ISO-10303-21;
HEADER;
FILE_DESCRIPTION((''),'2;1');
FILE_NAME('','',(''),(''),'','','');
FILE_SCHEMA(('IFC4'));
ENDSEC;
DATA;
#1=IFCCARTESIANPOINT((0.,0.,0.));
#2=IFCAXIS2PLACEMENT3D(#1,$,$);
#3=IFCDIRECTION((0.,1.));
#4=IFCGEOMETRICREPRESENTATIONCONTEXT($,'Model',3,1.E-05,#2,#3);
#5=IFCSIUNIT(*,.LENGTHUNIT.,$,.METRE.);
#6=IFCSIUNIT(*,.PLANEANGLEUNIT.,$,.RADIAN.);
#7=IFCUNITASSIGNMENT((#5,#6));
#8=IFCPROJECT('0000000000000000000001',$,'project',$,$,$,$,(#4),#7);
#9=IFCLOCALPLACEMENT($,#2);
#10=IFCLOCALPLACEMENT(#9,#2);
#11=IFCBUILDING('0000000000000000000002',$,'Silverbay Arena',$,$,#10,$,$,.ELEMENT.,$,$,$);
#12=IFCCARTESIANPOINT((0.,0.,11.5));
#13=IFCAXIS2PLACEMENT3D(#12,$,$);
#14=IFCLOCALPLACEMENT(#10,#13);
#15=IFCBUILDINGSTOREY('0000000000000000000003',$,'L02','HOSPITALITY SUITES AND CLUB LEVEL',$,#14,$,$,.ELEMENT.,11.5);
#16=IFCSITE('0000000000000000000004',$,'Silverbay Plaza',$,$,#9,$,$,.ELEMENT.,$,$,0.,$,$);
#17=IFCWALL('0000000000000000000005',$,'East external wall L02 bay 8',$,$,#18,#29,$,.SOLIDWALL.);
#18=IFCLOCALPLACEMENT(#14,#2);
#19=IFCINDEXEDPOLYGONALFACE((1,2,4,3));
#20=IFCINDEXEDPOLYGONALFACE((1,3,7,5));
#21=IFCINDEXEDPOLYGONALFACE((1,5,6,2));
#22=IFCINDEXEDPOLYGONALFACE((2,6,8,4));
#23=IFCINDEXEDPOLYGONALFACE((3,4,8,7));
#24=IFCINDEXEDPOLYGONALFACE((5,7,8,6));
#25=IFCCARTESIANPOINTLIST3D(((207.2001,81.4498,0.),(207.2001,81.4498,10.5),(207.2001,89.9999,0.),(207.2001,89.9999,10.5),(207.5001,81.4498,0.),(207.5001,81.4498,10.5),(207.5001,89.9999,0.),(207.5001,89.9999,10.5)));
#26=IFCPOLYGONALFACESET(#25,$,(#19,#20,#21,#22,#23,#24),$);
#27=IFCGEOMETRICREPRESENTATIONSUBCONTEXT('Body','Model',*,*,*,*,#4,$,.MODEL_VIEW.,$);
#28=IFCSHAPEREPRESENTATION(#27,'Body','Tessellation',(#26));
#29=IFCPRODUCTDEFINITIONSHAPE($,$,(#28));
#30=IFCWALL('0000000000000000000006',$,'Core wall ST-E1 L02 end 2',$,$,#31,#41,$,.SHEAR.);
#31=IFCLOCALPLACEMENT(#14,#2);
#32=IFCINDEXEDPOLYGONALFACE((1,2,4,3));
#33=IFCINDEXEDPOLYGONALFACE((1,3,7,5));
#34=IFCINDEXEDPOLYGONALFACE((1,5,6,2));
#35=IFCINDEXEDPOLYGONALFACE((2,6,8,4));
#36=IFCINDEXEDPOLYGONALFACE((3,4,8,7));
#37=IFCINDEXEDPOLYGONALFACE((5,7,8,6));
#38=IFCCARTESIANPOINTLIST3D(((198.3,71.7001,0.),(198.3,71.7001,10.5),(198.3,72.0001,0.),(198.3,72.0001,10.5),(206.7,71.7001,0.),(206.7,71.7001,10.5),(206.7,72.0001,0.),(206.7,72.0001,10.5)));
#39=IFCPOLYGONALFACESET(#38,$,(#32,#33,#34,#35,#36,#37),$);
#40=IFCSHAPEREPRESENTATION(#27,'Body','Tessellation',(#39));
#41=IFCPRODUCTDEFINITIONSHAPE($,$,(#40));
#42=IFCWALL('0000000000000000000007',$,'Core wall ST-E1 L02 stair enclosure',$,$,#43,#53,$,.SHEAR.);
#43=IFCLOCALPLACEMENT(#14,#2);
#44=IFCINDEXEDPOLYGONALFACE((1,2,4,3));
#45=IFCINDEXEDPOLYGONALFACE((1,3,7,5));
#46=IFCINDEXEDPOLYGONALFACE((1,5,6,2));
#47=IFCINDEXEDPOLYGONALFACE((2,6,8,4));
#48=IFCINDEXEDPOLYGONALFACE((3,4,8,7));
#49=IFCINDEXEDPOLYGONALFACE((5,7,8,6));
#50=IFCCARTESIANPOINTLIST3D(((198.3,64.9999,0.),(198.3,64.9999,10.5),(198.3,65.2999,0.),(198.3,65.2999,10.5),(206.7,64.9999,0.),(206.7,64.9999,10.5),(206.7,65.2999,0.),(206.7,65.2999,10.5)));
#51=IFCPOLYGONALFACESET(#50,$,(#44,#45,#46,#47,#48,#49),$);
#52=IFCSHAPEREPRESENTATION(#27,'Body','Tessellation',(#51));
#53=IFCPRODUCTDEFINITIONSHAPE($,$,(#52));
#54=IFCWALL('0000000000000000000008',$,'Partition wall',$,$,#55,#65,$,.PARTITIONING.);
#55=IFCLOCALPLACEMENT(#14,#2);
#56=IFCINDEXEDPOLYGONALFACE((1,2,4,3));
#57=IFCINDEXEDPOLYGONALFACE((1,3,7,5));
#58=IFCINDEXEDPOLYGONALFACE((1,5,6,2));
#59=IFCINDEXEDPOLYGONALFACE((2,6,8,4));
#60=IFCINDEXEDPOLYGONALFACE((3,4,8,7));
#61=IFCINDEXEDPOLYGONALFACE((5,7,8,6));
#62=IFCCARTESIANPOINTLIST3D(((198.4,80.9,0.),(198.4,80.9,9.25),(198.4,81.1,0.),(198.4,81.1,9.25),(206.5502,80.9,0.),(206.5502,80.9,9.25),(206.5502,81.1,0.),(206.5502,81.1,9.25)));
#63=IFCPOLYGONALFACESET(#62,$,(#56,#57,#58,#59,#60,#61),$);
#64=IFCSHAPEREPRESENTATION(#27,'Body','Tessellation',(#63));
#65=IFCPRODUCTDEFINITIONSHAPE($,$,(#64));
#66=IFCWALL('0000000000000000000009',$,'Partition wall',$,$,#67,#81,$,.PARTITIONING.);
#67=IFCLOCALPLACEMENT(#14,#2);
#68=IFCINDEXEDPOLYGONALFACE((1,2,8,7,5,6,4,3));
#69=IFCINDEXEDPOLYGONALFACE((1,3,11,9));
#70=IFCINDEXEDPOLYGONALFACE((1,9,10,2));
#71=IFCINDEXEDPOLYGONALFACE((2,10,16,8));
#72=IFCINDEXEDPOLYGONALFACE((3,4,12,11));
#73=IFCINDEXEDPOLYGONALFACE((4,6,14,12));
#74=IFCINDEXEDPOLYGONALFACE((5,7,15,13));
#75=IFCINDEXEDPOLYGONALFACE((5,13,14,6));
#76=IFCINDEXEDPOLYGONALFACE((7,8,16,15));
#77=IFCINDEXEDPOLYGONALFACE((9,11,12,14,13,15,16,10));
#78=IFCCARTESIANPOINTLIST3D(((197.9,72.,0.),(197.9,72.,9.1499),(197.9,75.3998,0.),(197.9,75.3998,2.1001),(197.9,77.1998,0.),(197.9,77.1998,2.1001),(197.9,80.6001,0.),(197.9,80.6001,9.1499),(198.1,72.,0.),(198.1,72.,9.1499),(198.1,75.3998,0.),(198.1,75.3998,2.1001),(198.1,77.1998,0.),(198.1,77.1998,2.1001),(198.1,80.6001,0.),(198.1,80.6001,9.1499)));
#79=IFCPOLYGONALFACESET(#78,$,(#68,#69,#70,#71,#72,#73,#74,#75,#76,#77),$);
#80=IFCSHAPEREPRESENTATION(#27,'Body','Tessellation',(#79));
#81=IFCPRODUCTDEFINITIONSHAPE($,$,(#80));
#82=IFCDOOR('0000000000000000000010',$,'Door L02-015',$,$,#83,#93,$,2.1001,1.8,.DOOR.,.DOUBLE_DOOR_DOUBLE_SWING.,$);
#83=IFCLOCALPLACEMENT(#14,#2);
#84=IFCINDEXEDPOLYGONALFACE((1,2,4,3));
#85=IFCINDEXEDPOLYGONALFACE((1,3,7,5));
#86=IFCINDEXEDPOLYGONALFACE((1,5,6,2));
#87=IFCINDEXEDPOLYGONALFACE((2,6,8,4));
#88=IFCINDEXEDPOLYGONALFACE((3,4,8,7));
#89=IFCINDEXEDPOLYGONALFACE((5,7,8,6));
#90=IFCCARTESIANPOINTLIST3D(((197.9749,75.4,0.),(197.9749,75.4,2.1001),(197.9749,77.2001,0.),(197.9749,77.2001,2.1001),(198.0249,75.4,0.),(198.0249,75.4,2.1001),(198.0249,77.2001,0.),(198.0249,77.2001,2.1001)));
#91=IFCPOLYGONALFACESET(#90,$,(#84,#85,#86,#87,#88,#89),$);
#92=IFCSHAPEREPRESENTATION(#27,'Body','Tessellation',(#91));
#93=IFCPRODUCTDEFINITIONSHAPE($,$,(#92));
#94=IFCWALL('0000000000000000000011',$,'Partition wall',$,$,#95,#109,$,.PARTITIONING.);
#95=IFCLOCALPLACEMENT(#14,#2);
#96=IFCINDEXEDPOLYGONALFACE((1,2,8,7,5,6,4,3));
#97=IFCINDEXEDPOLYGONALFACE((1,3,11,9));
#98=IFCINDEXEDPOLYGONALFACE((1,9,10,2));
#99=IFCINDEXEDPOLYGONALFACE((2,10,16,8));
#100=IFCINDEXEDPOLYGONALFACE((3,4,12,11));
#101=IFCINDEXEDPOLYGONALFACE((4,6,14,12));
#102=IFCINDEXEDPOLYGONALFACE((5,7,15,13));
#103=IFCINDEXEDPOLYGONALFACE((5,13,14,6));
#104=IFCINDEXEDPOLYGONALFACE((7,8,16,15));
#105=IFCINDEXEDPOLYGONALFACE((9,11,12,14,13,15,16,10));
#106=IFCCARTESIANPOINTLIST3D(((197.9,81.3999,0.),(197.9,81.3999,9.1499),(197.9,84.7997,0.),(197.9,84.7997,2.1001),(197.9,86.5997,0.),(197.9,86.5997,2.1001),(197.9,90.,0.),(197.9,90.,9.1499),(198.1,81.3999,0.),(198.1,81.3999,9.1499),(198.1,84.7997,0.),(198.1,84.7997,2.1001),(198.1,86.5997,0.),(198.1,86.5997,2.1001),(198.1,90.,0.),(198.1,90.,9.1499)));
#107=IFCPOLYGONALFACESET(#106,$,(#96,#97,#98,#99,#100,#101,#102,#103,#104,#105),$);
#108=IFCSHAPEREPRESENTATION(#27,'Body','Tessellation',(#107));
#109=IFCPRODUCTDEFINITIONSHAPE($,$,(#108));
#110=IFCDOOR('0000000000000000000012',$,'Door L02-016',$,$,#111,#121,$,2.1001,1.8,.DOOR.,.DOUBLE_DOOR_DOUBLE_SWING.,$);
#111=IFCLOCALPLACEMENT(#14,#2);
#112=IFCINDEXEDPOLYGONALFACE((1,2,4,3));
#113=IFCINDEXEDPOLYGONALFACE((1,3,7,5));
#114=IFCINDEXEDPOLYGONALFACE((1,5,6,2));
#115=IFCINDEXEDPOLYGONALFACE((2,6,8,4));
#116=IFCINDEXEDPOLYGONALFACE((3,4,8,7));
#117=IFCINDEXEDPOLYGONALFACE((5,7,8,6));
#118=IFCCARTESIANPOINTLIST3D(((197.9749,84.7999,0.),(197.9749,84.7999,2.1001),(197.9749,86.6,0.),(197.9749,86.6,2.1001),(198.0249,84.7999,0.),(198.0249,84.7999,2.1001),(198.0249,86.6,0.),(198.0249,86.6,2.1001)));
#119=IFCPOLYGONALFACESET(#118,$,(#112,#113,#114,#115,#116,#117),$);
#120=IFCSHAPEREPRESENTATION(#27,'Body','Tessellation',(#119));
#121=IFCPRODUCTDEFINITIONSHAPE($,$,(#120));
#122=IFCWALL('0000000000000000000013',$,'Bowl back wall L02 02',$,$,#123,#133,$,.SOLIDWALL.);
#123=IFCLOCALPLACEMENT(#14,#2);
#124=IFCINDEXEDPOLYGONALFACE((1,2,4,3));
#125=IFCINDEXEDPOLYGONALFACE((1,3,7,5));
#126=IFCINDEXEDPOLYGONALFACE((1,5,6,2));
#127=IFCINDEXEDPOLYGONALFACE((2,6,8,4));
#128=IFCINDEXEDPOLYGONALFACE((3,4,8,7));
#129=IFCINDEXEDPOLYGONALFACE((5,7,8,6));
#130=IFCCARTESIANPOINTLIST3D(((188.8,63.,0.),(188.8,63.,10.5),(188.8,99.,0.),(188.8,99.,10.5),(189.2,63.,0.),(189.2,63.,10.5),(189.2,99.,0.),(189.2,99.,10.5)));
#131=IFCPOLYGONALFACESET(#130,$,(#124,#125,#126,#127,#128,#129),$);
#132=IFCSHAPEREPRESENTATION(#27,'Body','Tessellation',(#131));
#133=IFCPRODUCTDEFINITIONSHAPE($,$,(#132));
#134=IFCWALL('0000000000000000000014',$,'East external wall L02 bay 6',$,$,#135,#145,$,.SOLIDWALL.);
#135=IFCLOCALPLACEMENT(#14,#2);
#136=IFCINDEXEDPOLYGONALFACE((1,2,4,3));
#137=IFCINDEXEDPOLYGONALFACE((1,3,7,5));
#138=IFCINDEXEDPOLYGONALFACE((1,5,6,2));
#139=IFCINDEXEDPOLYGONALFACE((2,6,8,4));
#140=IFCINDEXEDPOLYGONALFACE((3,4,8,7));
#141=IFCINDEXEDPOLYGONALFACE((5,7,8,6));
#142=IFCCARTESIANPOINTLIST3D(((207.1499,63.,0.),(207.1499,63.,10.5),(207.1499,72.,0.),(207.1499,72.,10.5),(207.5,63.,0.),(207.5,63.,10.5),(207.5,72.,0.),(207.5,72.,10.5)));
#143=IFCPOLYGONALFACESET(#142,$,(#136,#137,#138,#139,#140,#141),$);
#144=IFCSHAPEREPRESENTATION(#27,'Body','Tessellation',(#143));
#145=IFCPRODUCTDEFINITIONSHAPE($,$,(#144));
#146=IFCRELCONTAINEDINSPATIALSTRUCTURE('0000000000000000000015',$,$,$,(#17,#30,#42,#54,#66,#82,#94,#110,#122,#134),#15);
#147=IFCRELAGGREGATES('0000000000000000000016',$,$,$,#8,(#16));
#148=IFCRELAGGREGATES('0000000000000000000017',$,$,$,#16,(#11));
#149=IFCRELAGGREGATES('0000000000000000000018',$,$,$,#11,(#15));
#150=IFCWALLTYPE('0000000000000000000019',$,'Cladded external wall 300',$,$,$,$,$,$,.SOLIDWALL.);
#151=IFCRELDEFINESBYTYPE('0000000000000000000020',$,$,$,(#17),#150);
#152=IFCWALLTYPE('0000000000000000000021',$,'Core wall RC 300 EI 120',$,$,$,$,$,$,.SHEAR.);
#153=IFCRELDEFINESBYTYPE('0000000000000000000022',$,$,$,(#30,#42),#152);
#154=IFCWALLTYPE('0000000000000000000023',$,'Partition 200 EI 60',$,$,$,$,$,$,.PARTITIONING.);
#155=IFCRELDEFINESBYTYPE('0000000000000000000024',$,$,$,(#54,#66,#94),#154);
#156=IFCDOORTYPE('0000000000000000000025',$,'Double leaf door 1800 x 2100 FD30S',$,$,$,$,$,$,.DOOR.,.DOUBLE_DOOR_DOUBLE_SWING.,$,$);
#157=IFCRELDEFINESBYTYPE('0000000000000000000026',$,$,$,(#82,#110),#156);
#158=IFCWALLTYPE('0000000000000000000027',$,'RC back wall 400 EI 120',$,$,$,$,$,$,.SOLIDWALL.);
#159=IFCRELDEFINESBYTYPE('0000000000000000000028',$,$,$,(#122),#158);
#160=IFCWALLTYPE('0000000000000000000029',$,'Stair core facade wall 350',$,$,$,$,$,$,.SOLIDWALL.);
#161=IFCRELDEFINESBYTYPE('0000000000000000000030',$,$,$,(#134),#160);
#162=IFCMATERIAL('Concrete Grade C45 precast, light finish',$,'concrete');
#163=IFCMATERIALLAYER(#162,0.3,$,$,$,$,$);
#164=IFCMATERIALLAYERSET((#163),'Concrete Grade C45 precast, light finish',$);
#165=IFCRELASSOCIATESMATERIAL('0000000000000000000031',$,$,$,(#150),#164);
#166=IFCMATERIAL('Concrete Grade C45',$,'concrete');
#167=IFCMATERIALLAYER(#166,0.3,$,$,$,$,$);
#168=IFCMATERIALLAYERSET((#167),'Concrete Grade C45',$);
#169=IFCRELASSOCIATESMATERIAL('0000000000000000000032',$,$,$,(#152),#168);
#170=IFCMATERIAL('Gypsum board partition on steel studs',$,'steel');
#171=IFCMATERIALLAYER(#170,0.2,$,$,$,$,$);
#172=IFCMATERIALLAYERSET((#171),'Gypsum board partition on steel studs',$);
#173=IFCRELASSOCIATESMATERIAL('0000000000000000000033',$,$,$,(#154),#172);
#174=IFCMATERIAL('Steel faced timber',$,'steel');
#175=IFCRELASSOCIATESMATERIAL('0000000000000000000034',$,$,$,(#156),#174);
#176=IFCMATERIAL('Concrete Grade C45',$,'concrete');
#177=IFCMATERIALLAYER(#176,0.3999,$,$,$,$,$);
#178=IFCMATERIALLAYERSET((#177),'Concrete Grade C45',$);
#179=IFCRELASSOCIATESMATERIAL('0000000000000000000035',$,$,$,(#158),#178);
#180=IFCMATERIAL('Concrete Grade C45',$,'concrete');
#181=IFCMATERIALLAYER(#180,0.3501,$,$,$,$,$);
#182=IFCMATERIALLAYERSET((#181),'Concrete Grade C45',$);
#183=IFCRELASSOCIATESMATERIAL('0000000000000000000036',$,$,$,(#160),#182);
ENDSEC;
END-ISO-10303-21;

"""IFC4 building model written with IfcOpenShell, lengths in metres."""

from ifc_helpers import new_model, si_unit, direction, frame, frame_2d, origin, place, context, subcontext, project, spatial, rectangle, extrude, material, layer, layer_set, type_object, element, fill, save


model = new_model("IFC4")

# Units and contexts
model_context = context("Model", 3, precision=1e-05, world=origin(), true_north=direction((0.0, 1.0)))
body_context = subcontext(model_context, "Body", "Model", "MODEL_VIEW")
ifc_project = project(units=[si_unit("LENGTHUNIT", "METRE"), si_unit("PLANEANGLEUNIT", "RADIAN")], contexts=[model_context])

# Site, building, storey
site_placement = place(None, origin())
site = spatial("IfcSite", under=ifc_project, at=site_placement, Name="Silverbay Plaza", CompositionType="ELEMENT", RefElevation=0.0)
building_placement = place(site_placement, origin())
building = spatial("IfcBuilding", under=site, at=building_placement, Name="Silverbay Arena", CompositionType="ELEMENT")
storey_placement = place(building_placement, frame((0.0, 0.0, 11.5)))
storey = spatial("IfcBuildingStorey", under=building, at=storey_placement, Name="L02", Description="HOSPITALITY SUITES AND CLUB LEVEL", CompositionType="ELEMENT", Elevation=11.5)

# Walls
ifc_material_1 = material(Name="Concrete Grade C45 precast, light finish", Category="concrete")
ifc_layer_1 = layer(ifc_material_1, 0.3)
ifc_layer_set_1 = layer_set([ifc_layer_1], Name="Concrete Grade C45 precast, light finish")
wall_type_1 = type_object("IfcWallType", Name="Cladded external wall 300", PredefinedType="SOLIDWALL", material=ifc_layer_set_1)
for number, where, z_axis, x_axis, name in (
    (1, (207.3501, 81.45, 0.0), (0.0, 0.0, 1.0), (0.0, 1.0, 0.0), "East external wall L02 bay 8"),
):
    element("IfcWall", number, at=place(storey_placement, frame(where, z_axis=z_axis, x_axis=x_axis)), inside=storey, type_object=wall_type_1, Name=name, PredefinedType="SOLIDWALL", context=body_context, shape_type="SweptSolid", body=[
        extrude(rectangle(XDim=8.55, YDim=0.3, at=frame_2d((4.2749, 0.0))), origin(), (0.0, 0.0, 1.0), 10.5),
    ])
ifc_material_2 = material(Name="Concrete Grade C45", Category="concrete")
ifc_layer_2 = layer(ifc_material_2, 0.3)
ifc_layer_set_2 = layer_set([ifc_layer_2], Name="Concrete Grade C45")
wall_type_2 = type_object("IfcWallType", Name="Core wall RC 300 EI 120", PredefinedType="SHEAR", material=ifc_layer_set_2)
for number, where, z_axis, x_axis, name in (
    (2, (198.3, 71.8501, 0.0), (0.0, 0.0, 1.0), (1.0, 0.0, 0.0), "Core wall ST-E1 L02 end 2"),
    (3, (198.3, 65.1499, 0.0), (0.0, 0.0, 1.0), (1.0, 0.0, 0.0), "Core wall ST-E1 L02 stair enclosure"),
):
    element("IfcWall", number, at=place(storey_placement, frame(where, z_axis=z_axis, x_axis=x_axis)), inside=storey, type_object=wall_type_2, Name=name, PredefinedType="SHEAR", context=body_context, shape_type="SweptSolid", body=[
        extrude(rectangle(XDim=8.3999, YDim=0.3, at=frame_2d((4.2, 0.0))), origin(), (0.0, 0.0, 1.0), 10.5),
    ])
ifc_material_3 = material(Name="Gypsum board partition on steel studs", Category="steel")
ifc_layer_3 = layer(ifc_material_3, 0.2)
ifc_layer_set_3 = layer_set([ifc_layer_3], Name="Gypsum board partition on steel studs")
wall_type_3 = type_object("IfcWallType", Name="Partition 200 EI 60", PredefinedType="PARTITIONING", material=ifc_layer_set_3)
wall_1_placement = place(storey_placement, frame((198.3999, 81.0, 0.0), z_axis=(0.0, 0.0, 1.0), x_axis=(1.0, 0.0, 0.0)))
element("IfcWall", 4, at=wall_1_placement, inside=storey, type_object=wall_type_3, Name="Partition wall", PredefinedType="PARTITIONING", context=body_context, shape_type="SweptSolid", body=[
    extrude(rectangle(XDim=8.1501, YDim=0.2, at=frame_2d((4.0752, 0.0))), origin(), (0.0, 0.0, 1.0), 9.25),
])

# Walls, openings, doors
wall_2_placement = place(storey_placement, frame((198.0, 72.0, 0.0), z_axis=(0.0, 0.0, 1.0), x_axis=(0.0, 1.0, 0.0)))
wall_2 = element("IfcWall", 5, at=wall_2_placement, inside=storey, type_object=wall_type_3, Name="Partition wall", PredefinedType="PARTITIONING", context=body_context, shape_type="SweptSolid", body=[
    extrude(rectangle(XDim=8.6001, YDim=0.2, at=frame_2d((4.3, 0.0))), origin(), (0.0, 0.0, 1.0), 9.1499),
])
opening_1_placement = place(wall_2_placement, frame((3.3999, 0.0, 0.0)))
opening_1 = element("IfcOpeningElement", 6, at=opening_1_placement, cuts=wall_2, PredefinedType="OPENING", context=body_context, shape_type="SweptSolid", body=[
    extrude(rectangle(XDim=1.8, YDim=2.1001, at=frame_2d((0.8999, 1.05))), frame((0.0, 0.1099, 0.0), z_axis=(0.0, -1.0, 0.0), x_axis=(1.0, 0.0, 0.0)), (0.0, 0.0, 1.0), 0.22),
])
ifc_material_4 = material(Name="Steel faced timber", Category="steel")
door_type = type_object("IfcDoorType", Name="Double leaf door 1800 x 2100 FD30S", OperationType="DOUBLE_DOOR_DOUBLE_SWING", PredefinedType="DOOR", material=ifc_material_4)
door_1_placement = place(opening_1_placement, frame((1.8, 0.0, 0.0), z_axis=(0.0, 0.0, 1.0), x_axis=(-1.0, 0.0, 0.0)))
door_1 = element("IfcDoor", 7, at=door_1_placement, inside=storey, type_object=door_type, Name="Door L02-015", OperationType="DOUBLE_DOOR_DOUBLE_SWING", OverallHeight=2.1001, OverallWidth=1.8, PredefinedType="DOOR", context=body_context, shape_type="SweptSolid", body=[
    extrude(rectangle(XDim=1.8, YDim=2.1001, at=frame_2d((0.8999, 1.05))), frame((0.0, 0.0249, 0.0), z_axis=(0.0, -1.0, 0.0), x_axis=(1.0, 0.0, 0.0)), (0.0, 0.0, 1.0), 0.05),
])
fill(opening_1, door_1)
wall_3_placement = place(storey_placement, frame((198.0, 81.3999, 0.0), z_axis=(0.0, 0.0, 1.0), x_axis=(0.0, 1.0, 0.0)))
wall_3 = element("IfcWall", 8, at=wall_3_placement, inside=storey, type_object=wall_type_3, Name="Partition wall", PredefinedType="PARTITIONING", context=body_context, shape_type="SweptSolid", body=[
    extrude(rectangle(XDim=8.6001, YDim=0.2, at=frame_2d((4.3, 0.0))), origin(), (0.0, 0.0, 1.0), 9.1499),
])
opening_2_placement = place(wall_3_placement, frame((3.3999, 0.0, 0.0)))
opening_2 = element("IfcOpeningElement", 9, at=opening_2_placement, cuts=wall_3, PredefinedType="OPENING", context=body_context, shape_type="SweptSolid", body=[
    extrude(rectangle(XDim=1.8, YDim=2.1001, at=frame_2d((0.8999, 1.05))), frame((0.0, 0.1099, 0.0), z_axis=(0.0, -1.0, 0.0), x_axis=(1.0, 0.0, 0.0)), (0.0, 0.0, 1.0), 0.22),
])
door_2_placement = place(opening_2_placement, frame((1.8, 0.0, 0.0), z_axis=(0.0, 0.0, 1.0), x_axis=(-1.0, 0.0, 0.0)))
door_2 = element("IfcDoor", 10, at=door_2_placement, inside=storey, type_object=door_type, Name="Door L02-016", OperationType="DOUBLE_DOOR_DOUBLE_SWING", OverallHeight=2.1001, OverallWidth=1.8, PredefinedType="DOOR", context=body_context, shape_type="SweptSolid", body=[
    extrude(rectangle(XDim=1.8, YDim=2.1001, at=frame_2d((0.8999, 1.05))), frame((0.0, 0.0249, 0.0), z_axis=(0.0, -1.0, 0.0), x_axis=(1.0, 0.0, 0.0)), (0.0, 0.0, 1.0), 0.05),
])
fill(opening_2, door_2)

# Walls
ifc_material_5 = material(Name="Concrete Grade C45", Category="concrete")
ifc_layer_4 = layer(ifc_material_5, 0.3999)
ifc_layer_set_4 = layer_set([ifc_layer_4], Name="Concrete Grade C45")
wall_type_4 = type_object("IfcWallType", Name="RC back wall 400 EI 120", PredefinedType="SOLIDWALL", material=ifc_layer_set_4)
wall_4_placement = place(storey_placement, frame((189.0, 63.0, 0.0), z_axis=(0.0, 0.0, 1.0), x_axis=(0.0, 1.0, 0.0)))
element("IfcWall", 11, at=wall_4_placement, inside=storey, type_object=wall_type_4, Name="Bowl back wall L02 02", PredefinedType="SOLIDWALL", context=body_context, shape_type="SweptSolid", body=[
    extrude(rectangle(XDim=36.0, YDim=0.3999, at=frame_2d((18.0, 0.0))), origin(), (0.0, 0.0, 1.0), 10.5),
])
ifc_material_6 = material(Name="Concrete Grade C45", Category="concrete")
ifc_layer_5 = layer(ifc_material_6, 0.3501)
ifc_layer_set_5 = layer_set([ifc_layer_5], Name="Concrete Grade C45")
wall_type_5 = type_object("IfcWallType", Name="Stair core facade wall 350", PredefinedType="SOLIDWALL", material=ifc_layer_set_5)
wall_5_placement = place(storey_placement, frame((207.325, 63.0, 0.0), z_axis=(0.0, 0.0, 1.0), x_axis=(0.0, 1.0, 0.0)))
element("IfcWall", 12, at=wall_5_placement, inside=storey, type_object=wall_type_5, Name="East external wall L02 bay 6", PredefinedType="SOLIDWALL", context=body_context, shape_type="SweptSolid", body=[
    extrude(rectangle(XDim=9.0, YDim=0.3501, at=frame_2d((4.5, 0.0))), origin(), (0.0, 0.0, 1.0), 10.5),
])

save(model, "model.ifc")
